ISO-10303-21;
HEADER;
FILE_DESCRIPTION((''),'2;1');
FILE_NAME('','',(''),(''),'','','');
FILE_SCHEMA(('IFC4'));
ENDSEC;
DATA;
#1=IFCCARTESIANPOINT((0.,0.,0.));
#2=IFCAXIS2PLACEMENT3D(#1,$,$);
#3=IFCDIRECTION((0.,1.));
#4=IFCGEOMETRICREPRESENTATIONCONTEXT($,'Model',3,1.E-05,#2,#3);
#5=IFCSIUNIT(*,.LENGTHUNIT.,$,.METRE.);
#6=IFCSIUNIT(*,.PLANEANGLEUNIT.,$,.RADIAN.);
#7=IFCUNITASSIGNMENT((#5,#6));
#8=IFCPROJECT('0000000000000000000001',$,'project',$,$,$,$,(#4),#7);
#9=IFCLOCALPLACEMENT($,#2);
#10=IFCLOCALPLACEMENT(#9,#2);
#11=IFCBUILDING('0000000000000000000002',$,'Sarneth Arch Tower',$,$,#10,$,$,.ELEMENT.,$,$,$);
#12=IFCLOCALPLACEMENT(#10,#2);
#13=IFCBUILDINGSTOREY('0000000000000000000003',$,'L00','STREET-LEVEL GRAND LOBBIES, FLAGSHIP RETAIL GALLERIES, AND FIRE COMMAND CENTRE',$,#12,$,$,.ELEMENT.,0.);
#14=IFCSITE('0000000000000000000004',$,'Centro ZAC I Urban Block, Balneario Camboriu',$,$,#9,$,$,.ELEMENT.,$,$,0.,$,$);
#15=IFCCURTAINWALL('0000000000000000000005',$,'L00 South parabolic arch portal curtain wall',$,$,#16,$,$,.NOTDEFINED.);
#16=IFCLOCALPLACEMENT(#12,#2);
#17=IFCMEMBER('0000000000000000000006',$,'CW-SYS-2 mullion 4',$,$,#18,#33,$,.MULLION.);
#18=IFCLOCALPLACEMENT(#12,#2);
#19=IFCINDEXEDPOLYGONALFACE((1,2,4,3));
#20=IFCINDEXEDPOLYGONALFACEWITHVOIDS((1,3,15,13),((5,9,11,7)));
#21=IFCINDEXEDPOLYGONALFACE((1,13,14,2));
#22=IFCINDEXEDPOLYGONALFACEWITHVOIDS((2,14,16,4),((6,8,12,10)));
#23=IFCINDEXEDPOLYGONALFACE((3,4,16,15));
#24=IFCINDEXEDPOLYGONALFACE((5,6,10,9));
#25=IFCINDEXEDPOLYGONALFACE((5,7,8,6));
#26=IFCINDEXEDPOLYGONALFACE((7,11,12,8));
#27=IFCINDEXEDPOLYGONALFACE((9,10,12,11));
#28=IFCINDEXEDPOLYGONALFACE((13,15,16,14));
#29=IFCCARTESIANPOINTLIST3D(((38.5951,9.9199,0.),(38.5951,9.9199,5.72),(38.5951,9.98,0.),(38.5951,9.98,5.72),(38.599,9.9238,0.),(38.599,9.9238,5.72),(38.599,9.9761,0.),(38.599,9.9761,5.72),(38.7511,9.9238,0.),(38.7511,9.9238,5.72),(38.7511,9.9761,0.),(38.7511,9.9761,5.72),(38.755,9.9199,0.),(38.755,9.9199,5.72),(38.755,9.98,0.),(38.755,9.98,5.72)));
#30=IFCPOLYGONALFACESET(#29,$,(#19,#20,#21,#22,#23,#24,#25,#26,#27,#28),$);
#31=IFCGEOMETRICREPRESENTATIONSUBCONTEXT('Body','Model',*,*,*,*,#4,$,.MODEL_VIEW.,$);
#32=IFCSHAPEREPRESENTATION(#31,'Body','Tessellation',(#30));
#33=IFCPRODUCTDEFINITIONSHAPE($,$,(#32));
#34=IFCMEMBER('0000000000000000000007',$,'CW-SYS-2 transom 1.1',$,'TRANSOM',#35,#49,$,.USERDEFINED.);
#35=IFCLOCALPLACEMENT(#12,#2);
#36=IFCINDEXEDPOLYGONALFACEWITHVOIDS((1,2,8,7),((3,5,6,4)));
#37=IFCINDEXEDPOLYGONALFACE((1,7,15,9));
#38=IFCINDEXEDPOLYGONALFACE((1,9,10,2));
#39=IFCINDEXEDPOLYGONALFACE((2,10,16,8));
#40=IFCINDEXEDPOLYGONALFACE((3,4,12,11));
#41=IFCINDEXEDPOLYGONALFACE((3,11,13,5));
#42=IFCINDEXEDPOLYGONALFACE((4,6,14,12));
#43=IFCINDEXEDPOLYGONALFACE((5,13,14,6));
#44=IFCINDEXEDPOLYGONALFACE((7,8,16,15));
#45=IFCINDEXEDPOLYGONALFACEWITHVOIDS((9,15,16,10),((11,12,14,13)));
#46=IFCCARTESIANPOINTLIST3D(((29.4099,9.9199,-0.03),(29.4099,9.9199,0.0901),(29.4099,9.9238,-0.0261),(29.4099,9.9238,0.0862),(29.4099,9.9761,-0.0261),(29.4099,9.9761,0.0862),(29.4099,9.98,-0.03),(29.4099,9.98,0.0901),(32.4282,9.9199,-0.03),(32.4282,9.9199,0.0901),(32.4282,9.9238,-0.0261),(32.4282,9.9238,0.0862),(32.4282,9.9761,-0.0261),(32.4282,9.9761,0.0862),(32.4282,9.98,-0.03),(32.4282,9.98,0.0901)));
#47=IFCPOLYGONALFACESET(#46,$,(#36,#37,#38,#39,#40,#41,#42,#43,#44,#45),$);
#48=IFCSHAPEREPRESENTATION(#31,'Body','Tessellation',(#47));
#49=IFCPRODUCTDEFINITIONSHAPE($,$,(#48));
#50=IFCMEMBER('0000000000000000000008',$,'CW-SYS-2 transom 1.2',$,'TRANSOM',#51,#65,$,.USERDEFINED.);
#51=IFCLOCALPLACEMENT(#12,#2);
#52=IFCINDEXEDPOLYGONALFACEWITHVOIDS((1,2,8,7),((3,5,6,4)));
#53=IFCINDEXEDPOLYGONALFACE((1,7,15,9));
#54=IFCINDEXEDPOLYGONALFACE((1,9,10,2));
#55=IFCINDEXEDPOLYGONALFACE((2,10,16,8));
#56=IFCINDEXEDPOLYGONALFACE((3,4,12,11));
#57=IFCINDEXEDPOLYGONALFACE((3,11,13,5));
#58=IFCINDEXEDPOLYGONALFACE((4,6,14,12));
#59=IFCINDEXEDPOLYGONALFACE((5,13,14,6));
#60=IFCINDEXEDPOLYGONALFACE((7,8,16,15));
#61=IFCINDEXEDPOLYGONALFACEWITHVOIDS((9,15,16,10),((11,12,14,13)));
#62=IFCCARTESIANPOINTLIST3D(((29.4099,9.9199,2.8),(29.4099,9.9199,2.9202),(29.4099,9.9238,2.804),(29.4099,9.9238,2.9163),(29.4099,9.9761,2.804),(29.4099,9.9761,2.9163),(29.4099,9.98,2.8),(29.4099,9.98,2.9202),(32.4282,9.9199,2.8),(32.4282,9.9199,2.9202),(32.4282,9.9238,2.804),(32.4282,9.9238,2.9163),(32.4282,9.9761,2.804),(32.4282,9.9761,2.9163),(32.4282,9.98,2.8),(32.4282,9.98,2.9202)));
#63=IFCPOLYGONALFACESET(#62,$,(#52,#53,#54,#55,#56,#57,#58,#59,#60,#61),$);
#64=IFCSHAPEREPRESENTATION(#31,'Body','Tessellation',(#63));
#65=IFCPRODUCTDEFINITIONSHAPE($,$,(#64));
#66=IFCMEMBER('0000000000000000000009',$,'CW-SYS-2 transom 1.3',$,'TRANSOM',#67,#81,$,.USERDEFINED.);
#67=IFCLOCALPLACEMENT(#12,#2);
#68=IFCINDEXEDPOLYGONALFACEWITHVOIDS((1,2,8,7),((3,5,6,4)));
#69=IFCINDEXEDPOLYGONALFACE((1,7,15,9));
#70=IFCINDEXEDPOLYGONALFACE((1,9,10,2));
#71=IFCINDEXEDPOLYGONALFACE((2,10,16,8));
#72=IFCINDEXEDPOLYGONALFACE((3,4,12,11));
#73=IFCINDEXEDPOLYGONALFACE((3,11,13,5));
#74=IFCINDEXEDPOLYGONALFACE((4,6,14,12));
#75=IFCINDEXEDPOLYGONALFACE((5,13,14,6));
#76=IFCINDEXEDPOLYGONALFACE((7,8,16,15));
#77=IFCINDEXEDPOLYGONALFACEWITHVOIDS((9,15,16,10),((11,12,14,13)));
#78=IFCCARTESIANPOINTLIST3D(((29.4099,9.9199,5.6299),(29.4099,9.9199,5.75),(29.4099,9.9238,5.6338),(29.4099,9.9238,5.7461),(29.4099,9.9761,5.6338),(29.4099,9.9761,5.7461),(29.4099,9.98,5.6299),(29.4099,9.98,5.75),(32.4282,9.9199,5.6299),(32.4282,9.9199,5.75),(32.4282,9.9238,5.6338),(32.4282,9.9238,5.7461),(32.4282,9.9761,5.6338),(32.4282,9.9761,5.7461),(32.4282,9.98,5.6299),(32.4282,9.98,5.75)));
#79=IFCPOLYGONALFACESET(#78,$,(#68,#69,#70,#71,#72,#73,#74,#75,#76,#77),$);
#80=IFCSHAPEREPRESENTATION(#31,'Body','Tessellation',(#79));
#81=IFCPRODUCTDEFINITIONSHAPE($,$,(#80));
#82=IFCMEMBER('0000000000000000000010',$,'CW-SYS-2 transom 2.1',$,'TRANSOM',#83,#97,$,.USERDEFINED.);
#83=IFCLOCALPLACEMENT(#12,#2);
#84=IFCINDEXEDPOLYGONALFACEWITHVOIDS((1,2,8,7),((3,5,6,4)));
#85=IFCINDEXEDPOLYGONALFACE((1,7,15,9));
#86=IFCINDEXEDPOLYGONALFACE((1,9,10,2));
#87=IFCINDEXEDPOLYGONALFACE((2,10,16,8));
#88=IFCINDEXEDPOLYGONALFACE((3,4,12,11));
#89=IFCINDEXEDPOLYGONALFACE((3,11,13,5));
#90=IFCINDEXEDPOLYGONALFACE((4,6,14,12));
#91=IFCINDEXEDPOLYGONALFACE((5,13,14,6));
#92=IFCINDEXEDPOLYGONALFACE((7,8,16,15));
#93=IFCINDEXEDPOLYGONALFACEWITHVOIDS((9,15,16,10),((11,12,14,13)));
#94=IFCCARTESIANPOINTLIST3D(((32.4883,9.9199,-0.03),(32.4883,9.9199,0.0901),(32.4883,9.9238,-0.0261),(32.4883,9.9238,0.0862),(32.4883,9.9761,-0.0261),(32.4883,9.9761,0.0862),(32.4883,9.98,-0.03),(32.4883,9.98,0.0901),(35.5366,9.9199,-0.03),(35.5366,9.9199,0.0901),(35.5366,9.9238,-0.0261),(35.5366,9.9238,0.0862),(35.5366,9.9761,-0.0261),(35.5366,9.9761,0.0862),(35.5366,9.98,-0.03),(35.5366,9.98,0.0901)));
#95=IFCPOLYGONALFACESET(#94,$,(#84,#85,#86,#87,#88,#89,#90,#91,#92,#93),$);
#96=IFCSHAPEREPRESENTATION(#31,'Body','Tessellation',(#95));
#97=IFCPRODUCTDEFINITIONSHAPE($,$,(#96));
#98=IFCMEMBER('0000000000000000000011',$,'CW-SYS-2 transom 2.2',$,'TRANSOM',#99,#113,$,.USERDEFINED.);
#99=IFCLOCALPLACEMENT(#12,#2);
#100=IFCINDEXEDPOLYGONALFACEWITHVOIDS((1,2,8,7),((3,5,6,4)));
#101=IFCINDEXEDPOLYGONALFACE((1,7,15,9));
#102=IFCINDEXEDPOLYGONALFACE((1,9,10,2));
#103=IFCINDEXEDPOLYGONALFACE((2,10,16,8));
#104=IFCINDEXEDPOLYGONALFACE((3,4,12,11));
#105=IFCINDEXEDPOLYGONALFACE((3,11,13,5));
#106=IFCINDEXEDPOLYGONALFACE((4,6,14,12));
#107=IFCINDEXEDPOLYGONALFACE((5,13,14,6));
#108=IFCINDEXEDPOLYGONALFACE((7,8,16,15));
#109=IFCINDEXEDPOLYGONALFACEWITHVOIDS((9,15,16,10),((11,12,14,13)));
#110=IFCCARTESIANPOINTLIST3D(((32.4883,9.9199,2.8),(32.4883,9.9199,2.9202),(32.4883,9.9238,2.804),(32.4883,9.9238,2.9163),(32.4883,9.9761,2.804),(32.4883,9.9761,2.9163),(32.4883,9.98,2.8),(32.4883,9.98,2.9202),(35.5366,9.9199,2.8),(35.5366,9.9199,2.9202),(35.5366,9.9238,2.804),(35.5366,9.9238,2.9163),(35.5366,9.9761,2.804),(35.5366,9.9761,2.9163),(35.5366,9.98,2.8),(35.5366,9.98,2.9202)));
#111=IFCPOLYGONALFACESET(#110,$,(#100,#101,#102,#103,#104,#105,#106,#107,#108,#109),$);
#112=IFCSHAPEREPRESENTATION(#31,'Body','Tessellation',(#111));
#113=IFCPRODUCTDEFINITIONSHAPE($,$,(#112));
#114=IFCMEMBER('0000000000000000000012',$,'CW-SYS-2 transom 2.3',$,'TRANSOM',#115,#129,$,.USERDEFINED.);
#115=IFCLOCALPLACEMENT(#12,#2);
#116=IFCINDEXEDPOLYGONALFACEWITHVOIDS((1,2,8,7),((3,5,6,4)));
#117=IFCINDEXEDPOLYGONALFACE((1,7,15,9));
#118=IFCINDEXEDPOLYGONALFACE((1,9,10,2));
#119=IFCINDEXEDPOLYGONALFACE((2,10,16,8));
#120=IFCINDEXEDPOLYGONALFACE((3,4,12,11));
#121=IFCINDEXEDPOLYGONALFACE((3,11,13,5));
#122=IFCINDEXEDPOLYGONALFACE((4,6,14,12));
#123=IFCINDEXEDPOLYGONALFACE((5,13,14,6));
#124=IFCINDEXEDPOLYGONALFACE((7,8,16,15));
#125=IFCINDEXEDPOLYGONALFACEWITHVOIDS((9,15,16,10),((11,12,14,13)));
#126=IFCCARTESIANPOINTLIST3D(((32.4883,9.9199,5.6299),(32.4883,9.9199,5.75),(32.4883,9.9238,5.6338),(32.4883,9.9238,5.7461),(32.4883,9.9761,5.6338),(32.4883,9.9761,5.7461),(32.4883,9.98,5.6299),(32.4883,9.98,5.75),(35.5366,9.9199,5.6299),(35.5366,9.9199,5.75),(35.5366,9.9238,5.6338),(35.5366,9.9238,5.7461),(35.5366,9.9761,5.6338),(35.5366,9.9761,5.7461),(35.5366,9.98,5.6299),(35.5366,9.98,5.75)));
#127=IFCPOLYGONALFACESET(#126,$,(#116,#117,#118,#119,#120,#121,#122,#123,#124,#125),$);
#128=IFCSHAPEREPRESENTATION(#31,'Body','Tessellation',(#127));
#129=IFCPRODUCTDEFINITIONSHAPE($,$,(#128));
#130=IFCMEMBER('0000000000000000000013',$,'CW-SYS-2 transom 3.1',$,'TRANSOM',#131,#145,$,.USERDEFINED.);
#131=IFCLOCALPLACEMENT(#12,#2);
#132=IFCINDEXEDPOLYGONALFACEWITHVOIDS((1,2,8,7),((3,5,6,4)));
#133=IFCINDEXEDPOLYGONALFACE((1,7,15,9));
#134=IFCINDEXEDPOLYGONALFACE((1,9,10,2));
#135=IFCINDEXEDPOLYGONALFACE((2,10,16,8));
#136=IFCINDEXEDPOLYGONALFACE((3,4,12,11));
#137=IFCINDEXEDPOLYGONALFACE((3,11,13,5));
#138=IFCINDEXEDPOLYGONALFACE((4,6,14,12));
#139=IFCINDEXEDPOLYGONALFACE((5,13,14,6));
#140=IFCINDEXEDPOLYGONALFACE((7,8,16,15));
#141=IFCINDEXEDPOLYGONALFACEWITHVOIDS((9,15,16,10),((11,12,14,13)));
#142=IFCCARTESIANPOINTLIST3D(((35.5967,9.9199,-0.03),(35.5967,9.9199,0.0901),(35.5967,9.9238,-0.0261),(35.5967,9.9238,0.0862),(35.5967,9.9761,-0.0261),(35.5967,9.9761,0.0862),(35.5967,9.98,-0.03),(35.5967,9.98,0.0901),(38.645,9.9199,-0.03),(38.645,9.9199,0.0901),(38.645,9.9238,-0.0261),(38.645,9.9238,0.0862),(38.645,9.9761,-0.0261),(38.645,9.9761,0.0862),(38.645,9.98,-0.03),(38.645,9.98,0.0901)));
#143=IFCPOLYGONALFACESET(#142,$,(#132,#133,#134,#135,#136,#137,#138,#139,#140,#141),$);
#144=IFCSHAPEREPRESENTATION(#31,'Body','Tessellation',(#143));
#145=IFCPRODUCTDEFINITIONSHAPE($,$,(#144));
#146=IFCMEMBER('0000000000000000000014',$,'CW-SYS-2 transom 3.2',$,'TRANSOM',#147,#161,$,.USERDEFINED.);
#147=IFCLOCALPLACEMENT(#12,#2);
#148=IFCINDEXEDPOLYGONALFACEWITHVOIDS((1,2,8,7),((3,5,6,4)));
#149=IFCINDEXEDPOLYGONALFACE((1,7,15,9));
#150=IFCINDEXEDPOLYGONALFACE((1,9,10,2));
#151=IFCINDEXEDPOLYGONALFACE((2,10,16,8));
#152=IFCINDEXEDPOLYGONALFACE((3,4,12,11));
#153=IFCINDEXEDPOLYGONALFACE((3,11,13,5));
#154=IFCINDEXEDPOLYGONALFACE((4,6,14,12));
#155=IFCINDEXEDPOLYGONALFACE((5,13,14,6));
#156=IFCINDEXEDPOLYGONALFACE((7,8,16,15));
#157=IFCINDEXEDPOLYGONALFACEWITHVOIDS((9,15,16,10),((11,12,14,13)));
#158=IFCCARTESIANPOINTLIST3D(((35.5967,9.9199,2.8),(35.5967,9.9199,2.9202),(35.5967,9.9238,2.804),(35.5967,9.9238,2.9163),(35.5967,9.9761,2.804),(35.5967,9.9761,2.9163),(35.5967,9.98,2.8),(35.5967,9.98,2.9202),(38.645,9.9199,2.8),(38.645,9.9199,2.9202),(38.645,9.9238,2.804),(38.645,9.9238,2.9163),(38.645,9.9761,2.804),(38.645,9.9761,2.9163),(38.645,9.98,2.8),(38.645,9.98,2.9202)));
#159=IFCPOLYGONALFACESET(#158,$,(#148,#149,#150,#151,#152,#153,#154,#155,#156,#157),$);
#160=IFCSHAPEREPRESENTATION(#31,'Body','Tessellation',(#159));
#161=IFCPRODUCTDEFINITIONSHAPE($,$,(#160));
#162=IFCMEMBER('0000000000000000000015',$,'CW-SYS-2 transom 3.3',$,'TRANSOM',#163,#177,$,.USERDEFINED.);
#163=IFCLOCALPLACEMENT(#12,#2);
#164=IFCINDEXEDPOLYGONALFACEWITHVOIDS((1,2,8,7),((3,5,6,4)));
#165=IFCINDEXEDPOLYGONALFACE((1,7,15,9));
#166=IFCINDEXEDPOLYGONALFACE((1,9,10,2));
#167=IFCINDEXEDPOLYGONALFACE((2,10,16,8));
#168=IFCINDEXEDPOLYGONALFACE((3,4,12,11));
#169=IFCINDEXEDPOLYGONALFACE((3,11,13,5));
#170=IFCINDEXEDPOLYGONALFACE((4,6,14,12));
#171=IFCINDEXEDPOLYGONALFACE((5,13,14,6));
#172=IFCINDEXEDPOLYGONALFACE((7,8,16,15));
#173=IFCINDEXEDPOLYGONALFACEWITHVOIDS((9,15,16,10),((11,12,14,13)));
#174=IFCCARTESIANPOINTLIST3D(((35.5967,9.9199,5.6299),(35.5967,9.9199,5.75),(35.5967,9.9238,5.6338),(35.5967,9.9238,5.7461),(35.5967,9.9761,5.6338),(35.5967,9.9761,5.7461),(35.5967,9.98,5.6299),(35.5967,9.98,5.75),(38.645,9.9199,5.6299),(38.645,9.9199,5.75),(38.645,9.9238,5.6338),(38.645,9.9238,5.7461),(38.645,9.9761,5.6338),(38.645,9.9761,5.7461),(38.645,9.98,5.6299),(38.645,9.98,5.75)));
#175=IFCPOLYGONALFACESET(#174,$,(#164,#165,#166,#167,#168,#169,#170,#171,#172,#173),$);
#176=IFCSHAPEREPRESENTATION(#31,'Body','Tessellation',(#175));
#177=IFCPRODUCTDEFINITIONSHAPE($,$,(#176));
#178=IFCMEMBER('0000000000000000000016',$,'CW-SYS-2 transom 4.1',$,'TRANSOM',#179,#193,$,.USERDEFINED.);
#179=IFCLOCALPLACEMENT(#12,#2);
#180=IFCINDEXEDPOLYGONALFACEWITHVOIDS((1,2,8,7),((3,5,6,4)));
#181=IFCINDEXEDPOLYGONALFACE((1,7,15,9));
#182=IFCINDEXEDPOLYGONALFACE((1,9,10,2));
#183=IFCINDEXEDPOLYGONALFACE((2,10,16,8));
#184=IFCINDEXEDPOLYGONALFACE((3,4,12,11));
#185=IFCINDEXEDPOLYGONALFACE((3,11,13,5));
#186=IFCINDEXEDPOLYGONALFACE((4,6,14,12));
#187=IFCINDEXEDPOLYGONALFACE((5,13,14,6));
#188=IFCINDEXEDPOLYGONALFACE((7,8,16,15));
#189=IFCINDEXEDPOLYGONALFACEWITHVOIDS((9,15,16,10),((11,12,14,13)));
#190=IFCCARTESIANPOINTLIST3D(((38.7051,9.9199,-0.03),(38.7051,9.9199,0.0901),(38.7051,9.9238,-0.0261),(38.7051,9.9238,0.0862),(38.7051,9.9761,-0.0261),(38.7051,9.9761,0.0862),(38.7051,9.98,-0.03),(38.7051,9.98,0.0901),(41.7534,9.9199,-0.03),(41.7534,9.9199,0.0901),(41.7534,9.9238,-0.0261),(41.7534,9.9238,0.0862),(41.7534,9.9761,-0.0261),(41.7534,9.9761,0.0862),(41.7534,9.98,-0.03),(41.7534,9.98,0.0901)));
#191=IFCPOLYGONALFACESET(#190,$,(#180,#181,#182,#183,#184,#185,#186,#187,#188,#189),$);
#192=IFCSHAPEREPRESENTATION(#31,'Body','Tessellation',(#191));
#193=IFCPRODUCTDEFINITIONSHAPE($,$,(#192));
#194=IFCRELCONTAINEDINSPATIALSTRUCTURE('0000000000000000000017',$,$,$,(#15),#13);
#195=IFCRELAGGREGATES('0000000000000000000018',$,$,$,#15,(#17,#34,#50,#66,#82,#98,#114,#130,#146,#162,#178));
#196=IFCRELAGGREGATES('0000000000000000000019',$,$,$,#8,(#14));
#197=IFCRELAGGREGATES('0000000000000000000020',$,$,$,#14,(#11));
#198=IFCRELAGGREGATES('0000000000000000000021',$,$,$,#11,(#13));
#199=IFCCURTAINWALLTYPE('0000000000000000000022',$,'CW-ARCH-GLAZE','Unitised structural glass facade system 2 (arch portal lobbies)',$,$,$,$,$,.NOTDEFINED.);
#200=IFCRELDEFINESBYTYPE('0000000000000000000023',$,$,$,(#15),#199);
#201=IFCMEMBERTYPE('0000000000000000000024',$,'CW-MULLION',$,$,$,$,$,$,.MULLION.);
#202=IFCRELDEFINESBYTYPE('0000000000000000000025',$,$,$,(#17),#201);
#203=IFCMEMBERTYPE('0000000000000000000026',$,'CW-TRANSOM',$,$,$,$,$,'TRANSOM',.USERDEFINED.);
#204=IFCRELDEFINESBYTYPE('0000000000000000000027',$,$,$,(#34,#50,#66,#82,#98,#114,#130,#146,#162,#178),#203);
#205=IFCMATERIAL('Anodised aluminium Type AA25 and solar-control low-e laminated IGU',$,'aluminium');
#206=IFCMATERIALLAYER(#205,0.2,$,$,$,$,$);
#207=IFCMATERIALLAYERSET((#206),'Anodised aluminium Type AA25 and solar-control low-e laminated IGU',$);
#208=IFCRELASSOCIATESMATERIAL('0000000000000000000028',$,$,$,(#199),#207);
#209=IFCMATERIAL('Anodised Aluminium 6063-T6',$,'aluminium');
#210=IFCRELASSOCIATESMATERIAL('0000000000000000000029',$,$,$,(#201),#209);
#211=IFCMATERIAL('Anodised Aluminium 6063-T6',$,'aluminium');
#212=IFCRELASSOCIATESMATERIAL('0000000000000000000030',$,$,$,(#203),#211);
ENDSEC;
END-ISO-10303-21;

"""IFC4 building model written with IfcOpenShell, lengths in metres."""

from ifc_helpers import new_model, si_unit, direction, frame, origin, origin_2d, place, context, subcontext, project, spatial, hollow_rectangle, extrude, material, layer, layer_set, material_profile, profile_set, type_object, element, aggregate, save


model = new_model("IFC4")

# Units and contexts
model_context = context("Model", 3, precision=1e-05, world=origin(), true_north=direction((0.0, 1.0)))
body_context = subcontext(model_context, "Body", "Model", "MODEL_VIEW")
ifc_project = project(units=[si_unit("LENGTHUNIT", "METRE"), si_unit("PLANEANGLEUNIT", "RADIAN")], contexts=[model_context])

# Site, building, storey
site_placement = place(None, origin())
site = spatial("IfcSite", under=ifc_project, at=site_placement, Name="Centro ZAC I Urban Block, Balneario Camboriu", CompositionType="ELEMENT", RefElevation=0.0)
building_placement = place(site_placement, origin())
building = spatial("IfcBuilding", under=site, at=building_placement, Name="Sarneth Arch Tower", CompositionType="ELEMENT")
storey_placement = place(building_placement, origin())
storey = spatial("IfcBuildingStorey", under=building, at=storey_placement, Name="L00", Description="STREET-LEVEL GRAND LOBBIES, FLAGSHIP RETAIL GALLERIES, AND FIRE COMMAND CENTRE", CompositionType="ELEMENT", Elevation=0.0)

# Curtain wall, members
ifc_material_1 = material(Name="Anodised aluminium Type AA25 and solar-control low-e laminated IGU", Category="aluminium")
ifc_layer_1 = layer(ifc_material_1, 0.2)
ifc_layer_set_1 = layer_set([ifc_layer_1], Name="Anodised aluminium Type AA25 and solar-control low-e laminated IGU")
curtain_wall_type = type_object("IfcCurtainWallType", Name="CW-ARCH-GLAZE", Description="Unitised structural glass facade system 2 (arch portal lobbies)", PredefinedType="NOTDEFINED", material=ifc_layer_set_1)
curtain_wall_placement = place(storey_placement, origin())
curtain_wall = element("IfcCurtainWall", 1, at=curtain_wall_placement, inside=storey, type_object=curtain_wall_type, Name="L00 South parabolic arch portal curtain wall", PredefinedType="NOTDEFINED")
ifc_material_2 = material(Name="Anodised Aluminium 6063-T6", Category="aluminium")
ifc_material_profile_1 = material_profile(ifc_material_2, hollow_rectangle(XDim=0.0601, YDim=0.1599, WallThickness=0.0039, at=origin_2d()), Name="AL-MULL-160x60x4")
ifc_profile_set_1 = profile_set([ifc_material_profile_1], Name="Anodised Aluminium 6063-T6")
member_type_1 = type_object("IfcMemberType", Name="CW-MULLION", PredefinedType="MULLION", material=ifc_profile_set_1)
member_1_placement = place(storey_placement, frame((38.675, 9.95, 0.0), z_axis=(0.0, 0.0, 1.0), x_axis=(0.0, 1.0, 0.0)))
member_1 = element("IfcMember", 2, at=member_1_placement, type_object=member_type_1, Name="CW-SYS-2 mullion 4", PredefinedType="MULLION", context=body_context, shape_type="SweptSolid", body=[
    extrude(hollow_rectangle(XDim=0.0601, YDim=0.1599, WallThickness=0.0039, at=origin_2d()), origin(), (0.0, 0.0, 1.0), 5.72),
])
ifc_material_3 = material(Name="Anodised Aluminium 6063-T6", Category="aluminium")
ifc_material_profile_2 = material_profile(ifc_material_3, hollow_rectangle(XDim=0.0601, YDim=0.1201, WallThickness=0.0039, at=origin_2d()), Name="AL-TRAN-120x60x4")
ifc_profile_set_2 = profile_set([ifc_material_profile_2], Name="Anodised Aluminium 6063-T6")
member_type_2 = type_object("IfcMemberType", Name="CW-TRANSOM", ElementType="TRANSOM", PredefinedType="USERDEFINED", material=ifc_profile_set_2)
member_2_placement = place(storey_placement, frame((29.4099, 9.95, 0.03), z_axis=(1.0, 0.0, 0.0), x_axis=(0.0, 1.0, 0.0)))
member_2 = element("IfcMember", 3, at=member_2_placement, type_object=member_type_2, Name="CW-SYS-2 transom 1.1", ObjectType="TRANSOM", PredefinedType="USERDEFINED", context=body_context, shape_type="SweptSolid", body=[
    extrude(hollow_rectangle(XDim=0.0601, YDim=0.1201, WallThickness=0.0039, at=origin_2d()), origin(), (0.0, 0.0, 1.0), 3.0183),
])
member_3_placement = place(storey_placement, frame((29.4099, 9.95, 2.8601), z_axis=(1.0, 0.0, 0.0), x_axis=(0.0, 1.0, 0.0)))
member_3 = element("IfcMember", 4, at=member_3_placement, type_object=member_type_2, Name="CW-SYS-2 transom 1.2", ObjectType="TRANSOM", PredefinedType="USERDEFINED", context=body_context, shape_type="SweptSolid", body=[
    extrude(hollow_rectangle(XDim=0.0601, YDim=0.1201, WallThickness=0.0039, at=origin_2d()), origin(), (0.0, 0.0, 1.0), 3.0183),
])
member_4_placement = place(storey_placement, frame((29.4099, 9.95, 5.6899), z_axis=(1.0, 0.0, 0.0), x_axis=(0.0, 1.0, 0.0)))
member_4 = element("IfcMember", 5, at=member_4_placement, type_object=member_type_2, Name="CW-SYS-2 transom 1.3", ObjectType="TRANSOM", PredefinedType="USERDEFINED", context=body_context, shape_type="SweptSolid", body=[
    extrude(hollow_rectangle(XDim=0.0601, YDim=0.1201, WallThickness=0.0039, at=origin_2d()), origin(), (0.0, 0.0, 1.0), 3.0183),
])
member_5_placement = place(storey_placement, frame((32.4883, 9.95, 0.03), z_axis=(1.0, 0.0, 0.0), x_axis=(0.0, 1.0, 0.0)))
member_5 = element("IfcMember", 6, at=member_5_placement, type_object=member_type_2, Name="CW-SYS-2 transom 2.1", ObjectType="TRANSOM", PredefinedType="USERDEFINED", context=body_context, shape_type="SweptSolid", body=[
    extrude(hollow_rectangle(XDim=0.0601, YDim=0.1201, WallThickness=0.0039, at=origin_2d()), origin(), (0.0, 0.0, 1.0), 3.0483),
])
member_6_placement = place(storey_placement, frame((32.4883, 9.95, 2.8601), z_axis=(1.0, 0.0, 0.0), x_axis=(0.0, 1.0, 0.0)))
member_6 = element("IfcMember", 7, at=member_6_placement, type_object=member_type_2, Name="CW-SYS-2 transom 2.2", ObjectType="TRANSOM", PredefinedType="USERDEFINED", context=body_context, shape_type="SweptSolid", body=[
    extrude(hollow_rectangle(XDim=0.0601, YDim=0.1201, WallThickness=0.0039, at=origin_2d()), origin(), (0.0, 0.0, 1.0), 3.0483),
])
member_7_placement = place(storey_placement, frame((32.4883, 9.95, 5.6899), z_axis=(1.0, 0.0, 0.0), x_axis=(0.0, 1.0, 0.0)))
member_7 = element("IfcMember", 8, at=member_7_placement, type_object=member_type_2, Name="CW-SYS-2 transom 2.3", ObjectType="TRANSOM", PredefinedType="USERDEFINED", context=body_context, shape_type="SweptSolid", body=[
    extrude(hollow_rectangle(XDim=0.0601, YDim=0.1201, WallThickness=0.0039, at=origin_2d()), origin(), (0.0, 0.0, 1.0), 3.0483),
])
member_8_placement = place(storey_placement, frame((35.5967, 9.95, 0.03), z_axis=(1.0, 0.0, 0.0), x_axis=(0.0, 1.0, 0.0)))
member_8 = element("IfcMember", 9, at=member_8_placement, type_object=member_type_2, Name="CW-SYS-2 transom 3.1", ObjectType="TRANSOM", PredefinedType="USERDEFINED", context=body_context, shape_type="SweptSolid", body=[
    extrude(hollow_rectangle(XDim=0.0601, YDim=0.1201, WallThickness=0.0039, at=origin_2d()), origin(), (0.0, 0.0, 1.0), 3.0483),
])
member_9_placement = place(storey_placement, frame((35.5967, 9.95, 2.8601), z_axis=(1.0, 0.0, 0.0), x_axis=(0.0, 1.0, 0.0)))
member_9 = element("IfcMember", 10, at=member_9_placement, type_object=member_type_2, Name="CW-SYS-2 transom 3.2", ObjectType="TRANSOM", PredefinedType="USERDEFINED", context=body_context, shape_type="SweptSolid", body=[
    extrude(hollow_rectangle(XDim=0.0601, YDim=0.1201, WallThickness=0.0039, at=origin_2d()), origin(), (0.0, 0.0, 1.0), 3.0483),
])
member_10_placement = place(storey_placement, frame((35.5967, 9.95, 5.6899), z_axis=(1.0, 0.0, 0.0), x_axis=(0.0, 1.0, 0.0)))
member_10 = element("IfcMember", 11, at=member_10_placement, type_object=member_type_2, Name="CW-SYS-2 transom 3.3", ObjectType="TRANSOM", PredefinedType="USERDEFINED", context=body_context, shape_type="SweptSolid", body=[
    extrude(hollow_rectangle(XDim=0.0601, YDim=0.1201, WallThickness=0.0039, at=origin_2d()), origin(), (0.0, 0.0, 1.0), 3.0483),
])
member_11_placement = place(storey_placement, frame((38.7051, 9.95, 0.03), z_axis=(1.0, 0.0, 0.0), x_axis=(0.0, 1.0, 0.0)))
member_11 = element("IfcMember", 12, at=member_11_placement, type_object=member_type_2, Name="CW-SYS-2 transom 4.1", ObjectType="TRANSOM", PredefinedType="USERDEFINED", context=body_context, shape_type="SweptSolid", body=[
    extrude(hollow_rectangle(XDim=0.0601, YDim=0.1201, WallThickness=0.0039, at=origin_2d()), origin(), (0.0, 0.0, 1.0), 3.0483),
])

aggregate(curtain_wall, [member_1, member_2, member_3, member_4, member_5, member_6, member_7, member_8, member_9, member_10, member_11])

save(model, "model.ifc")
